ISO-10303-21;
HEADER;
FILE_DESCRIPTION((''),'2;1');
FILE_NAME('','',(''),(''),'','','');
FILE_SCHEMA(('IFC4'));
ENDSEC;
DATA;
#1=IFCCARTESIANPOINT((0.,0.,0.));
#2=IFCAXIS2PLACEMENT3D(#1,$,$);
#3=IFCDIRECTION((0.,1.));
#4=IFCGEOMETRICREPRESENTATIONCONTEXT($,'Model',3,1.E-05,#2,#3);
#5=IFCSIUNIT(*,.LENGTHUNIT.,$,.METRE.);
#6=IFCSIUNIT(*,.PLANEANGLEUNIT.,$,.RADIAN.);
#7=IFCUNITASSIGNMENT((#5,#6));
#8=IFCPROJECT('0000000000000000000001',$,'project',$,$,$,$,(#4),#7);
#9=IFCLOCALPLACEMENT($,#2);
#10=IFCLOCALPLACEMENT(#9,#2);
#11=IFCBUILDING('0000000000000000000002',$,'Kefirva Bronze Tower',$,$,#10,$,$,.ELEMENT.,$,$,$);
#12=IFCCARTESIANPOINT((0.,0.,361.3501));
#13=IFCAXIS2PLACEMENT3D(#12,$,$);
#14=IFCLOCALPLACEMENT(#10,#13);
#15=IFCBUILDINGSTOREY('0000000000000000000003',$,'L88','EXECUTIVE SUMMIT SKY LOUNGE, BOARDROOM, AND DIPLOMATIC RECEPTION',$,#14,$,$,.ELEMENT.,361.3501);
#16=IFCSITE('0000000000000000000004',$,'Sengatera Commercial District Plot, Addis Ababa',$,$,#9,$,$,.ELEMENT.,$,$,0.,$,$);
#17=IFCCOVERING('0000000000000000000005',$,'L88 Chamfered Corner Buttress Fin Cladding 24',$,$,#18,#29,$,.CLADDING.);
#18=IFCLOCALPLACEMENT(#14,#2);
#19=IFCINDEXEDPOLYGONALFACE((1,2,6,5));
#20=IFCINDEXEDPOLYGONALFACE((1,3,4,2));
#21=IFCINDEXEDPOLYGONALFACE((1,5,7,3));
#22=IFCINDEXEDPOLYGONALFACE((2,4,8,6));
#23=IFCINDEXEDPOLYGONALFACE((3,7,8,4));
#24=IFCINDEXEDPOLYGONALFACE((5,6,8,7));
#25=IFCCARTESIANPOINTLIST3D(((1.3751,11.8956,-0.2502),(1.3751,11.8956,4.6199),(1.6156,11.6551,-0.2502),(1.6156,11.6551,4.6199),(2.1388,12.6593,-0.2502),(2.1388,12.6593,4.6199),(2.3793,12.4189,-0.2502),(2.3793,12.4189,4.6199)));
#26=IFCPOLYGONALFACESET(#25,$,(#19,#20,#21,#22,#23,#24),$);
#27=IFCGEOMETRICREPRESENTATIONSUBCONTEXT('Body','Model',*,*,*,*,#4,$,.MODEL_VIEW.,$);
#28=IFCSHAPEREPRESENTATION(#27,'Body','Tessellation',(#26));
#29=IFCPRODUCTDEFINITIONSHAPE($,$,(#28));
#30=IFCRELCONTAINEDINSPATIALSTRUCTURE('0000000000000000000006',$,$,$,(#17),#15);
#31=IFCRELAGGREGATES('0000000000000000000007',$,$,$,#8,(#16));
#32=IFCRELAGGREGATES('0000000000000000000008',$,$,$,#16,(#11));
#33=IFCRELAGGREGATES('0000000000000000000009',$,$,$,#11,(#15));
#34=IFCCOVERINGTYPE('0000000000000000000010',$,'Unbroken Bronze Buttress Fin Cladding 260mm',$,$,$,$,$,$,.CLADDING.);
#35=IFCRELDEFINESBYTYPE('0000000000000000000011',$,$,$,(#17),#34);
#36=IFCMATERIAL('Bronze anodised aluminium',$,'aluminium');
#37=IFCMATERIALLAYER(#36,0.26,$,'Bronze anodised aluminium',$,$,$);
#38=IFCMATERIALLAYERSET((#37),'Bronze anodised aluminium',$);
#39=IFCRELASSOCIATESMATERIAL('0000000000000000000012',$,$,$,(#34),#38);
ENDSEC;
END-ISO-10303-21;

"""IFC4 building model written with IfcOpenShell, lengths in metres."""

from ifc_helpers import new_model, si_unit, direction, frame, origin, origin_2d, place, context, subcontext, project, spatial, rectangle, extrude, material, layer, layer_set, type_object, element, save


model = new_model("IFC4")

# Units and contexts
model_context = context("Model", 3, precision=1e-05, world=origin(), true_north=direction((0.0, 1.0)))
body_context = subcontext(model_context, "Body", "Model", "MODEL_VIEW")
ifc_project = project(units=[si_unit("LENGTHUNIT", "METRE"), si_unit("PLANEANGLEUNIT", "RADIAN")], contexts=[model_context])

# Site, building, storey
site_placement = place(None, origin())
site = spatial("IfcSite", under=ifc_project, at=site_placement, Name="Sengatera Commercial District Plot, Addis Ababa", CompositionType="ELEMENT", RefElevation=0.0)
building_placement = place(site_placement, origin())
building = spatial("IfcBuilding", under=site, at=building_placement, Name="Kefirva Bronze Tower", CompositionType="ELEMENT")
storey_placement = place(building_placement, frame((0.0, 0.0, 361.3501)))
storey = spatial("IfcBuildingStorey", under=building, at=storey_placement, Name="L88", Description="EXECUTIVE SUMMIT SKY LOUNGE, BOARDROOM, AND DIPLOMATIC RECEPTION", CompositionType="ELEMENT", Elevation=361.3501)

# Shared definitions
ifc_material_1 = material(Name="Bronze anodised aluminium", Category="aluminium")

# Covering
ifc_layer_1 = layer(ifc_material_1, 0.26, Name="Bronze anodised aluminium")
ifc_layer_set_1 = layer_set([ifc_layer_1], Name="Bronze anodised aluminium")
covering_type_1 = type_object("IfcCoveringType", Name="Unbroken Bronze Buttress Fin Cladding 260mm", PredefinedType="CLADDING", material=ifc_layer_set_1)
for number, where, z_axis, x_axis, name in (
    (1, (1.8772, 12.1572, -0.2502), (0.0, 0.0, 1.0), (0.707107, -0.707107, 0.0), "L88 Chamfered Corner Buttress Fin Cladding 24"),
):
    element("IfcCovering", number, at=place(storey_placement, frame(where, z_axis=z_axis, x_axis=x_axis)), inside=storey, type_object=covering_type_1, Name=name, PredefinedType="CLADDING", context=body_context, shape_type="SweptSolid", body=[
        extrude(rectangle(XDim=0.3401, YDim=1.0801, at=origin_2d()), origin(), (0.0, 0.0, 1.0), 4.8701),
    ])

save(model, "model.ifc")
